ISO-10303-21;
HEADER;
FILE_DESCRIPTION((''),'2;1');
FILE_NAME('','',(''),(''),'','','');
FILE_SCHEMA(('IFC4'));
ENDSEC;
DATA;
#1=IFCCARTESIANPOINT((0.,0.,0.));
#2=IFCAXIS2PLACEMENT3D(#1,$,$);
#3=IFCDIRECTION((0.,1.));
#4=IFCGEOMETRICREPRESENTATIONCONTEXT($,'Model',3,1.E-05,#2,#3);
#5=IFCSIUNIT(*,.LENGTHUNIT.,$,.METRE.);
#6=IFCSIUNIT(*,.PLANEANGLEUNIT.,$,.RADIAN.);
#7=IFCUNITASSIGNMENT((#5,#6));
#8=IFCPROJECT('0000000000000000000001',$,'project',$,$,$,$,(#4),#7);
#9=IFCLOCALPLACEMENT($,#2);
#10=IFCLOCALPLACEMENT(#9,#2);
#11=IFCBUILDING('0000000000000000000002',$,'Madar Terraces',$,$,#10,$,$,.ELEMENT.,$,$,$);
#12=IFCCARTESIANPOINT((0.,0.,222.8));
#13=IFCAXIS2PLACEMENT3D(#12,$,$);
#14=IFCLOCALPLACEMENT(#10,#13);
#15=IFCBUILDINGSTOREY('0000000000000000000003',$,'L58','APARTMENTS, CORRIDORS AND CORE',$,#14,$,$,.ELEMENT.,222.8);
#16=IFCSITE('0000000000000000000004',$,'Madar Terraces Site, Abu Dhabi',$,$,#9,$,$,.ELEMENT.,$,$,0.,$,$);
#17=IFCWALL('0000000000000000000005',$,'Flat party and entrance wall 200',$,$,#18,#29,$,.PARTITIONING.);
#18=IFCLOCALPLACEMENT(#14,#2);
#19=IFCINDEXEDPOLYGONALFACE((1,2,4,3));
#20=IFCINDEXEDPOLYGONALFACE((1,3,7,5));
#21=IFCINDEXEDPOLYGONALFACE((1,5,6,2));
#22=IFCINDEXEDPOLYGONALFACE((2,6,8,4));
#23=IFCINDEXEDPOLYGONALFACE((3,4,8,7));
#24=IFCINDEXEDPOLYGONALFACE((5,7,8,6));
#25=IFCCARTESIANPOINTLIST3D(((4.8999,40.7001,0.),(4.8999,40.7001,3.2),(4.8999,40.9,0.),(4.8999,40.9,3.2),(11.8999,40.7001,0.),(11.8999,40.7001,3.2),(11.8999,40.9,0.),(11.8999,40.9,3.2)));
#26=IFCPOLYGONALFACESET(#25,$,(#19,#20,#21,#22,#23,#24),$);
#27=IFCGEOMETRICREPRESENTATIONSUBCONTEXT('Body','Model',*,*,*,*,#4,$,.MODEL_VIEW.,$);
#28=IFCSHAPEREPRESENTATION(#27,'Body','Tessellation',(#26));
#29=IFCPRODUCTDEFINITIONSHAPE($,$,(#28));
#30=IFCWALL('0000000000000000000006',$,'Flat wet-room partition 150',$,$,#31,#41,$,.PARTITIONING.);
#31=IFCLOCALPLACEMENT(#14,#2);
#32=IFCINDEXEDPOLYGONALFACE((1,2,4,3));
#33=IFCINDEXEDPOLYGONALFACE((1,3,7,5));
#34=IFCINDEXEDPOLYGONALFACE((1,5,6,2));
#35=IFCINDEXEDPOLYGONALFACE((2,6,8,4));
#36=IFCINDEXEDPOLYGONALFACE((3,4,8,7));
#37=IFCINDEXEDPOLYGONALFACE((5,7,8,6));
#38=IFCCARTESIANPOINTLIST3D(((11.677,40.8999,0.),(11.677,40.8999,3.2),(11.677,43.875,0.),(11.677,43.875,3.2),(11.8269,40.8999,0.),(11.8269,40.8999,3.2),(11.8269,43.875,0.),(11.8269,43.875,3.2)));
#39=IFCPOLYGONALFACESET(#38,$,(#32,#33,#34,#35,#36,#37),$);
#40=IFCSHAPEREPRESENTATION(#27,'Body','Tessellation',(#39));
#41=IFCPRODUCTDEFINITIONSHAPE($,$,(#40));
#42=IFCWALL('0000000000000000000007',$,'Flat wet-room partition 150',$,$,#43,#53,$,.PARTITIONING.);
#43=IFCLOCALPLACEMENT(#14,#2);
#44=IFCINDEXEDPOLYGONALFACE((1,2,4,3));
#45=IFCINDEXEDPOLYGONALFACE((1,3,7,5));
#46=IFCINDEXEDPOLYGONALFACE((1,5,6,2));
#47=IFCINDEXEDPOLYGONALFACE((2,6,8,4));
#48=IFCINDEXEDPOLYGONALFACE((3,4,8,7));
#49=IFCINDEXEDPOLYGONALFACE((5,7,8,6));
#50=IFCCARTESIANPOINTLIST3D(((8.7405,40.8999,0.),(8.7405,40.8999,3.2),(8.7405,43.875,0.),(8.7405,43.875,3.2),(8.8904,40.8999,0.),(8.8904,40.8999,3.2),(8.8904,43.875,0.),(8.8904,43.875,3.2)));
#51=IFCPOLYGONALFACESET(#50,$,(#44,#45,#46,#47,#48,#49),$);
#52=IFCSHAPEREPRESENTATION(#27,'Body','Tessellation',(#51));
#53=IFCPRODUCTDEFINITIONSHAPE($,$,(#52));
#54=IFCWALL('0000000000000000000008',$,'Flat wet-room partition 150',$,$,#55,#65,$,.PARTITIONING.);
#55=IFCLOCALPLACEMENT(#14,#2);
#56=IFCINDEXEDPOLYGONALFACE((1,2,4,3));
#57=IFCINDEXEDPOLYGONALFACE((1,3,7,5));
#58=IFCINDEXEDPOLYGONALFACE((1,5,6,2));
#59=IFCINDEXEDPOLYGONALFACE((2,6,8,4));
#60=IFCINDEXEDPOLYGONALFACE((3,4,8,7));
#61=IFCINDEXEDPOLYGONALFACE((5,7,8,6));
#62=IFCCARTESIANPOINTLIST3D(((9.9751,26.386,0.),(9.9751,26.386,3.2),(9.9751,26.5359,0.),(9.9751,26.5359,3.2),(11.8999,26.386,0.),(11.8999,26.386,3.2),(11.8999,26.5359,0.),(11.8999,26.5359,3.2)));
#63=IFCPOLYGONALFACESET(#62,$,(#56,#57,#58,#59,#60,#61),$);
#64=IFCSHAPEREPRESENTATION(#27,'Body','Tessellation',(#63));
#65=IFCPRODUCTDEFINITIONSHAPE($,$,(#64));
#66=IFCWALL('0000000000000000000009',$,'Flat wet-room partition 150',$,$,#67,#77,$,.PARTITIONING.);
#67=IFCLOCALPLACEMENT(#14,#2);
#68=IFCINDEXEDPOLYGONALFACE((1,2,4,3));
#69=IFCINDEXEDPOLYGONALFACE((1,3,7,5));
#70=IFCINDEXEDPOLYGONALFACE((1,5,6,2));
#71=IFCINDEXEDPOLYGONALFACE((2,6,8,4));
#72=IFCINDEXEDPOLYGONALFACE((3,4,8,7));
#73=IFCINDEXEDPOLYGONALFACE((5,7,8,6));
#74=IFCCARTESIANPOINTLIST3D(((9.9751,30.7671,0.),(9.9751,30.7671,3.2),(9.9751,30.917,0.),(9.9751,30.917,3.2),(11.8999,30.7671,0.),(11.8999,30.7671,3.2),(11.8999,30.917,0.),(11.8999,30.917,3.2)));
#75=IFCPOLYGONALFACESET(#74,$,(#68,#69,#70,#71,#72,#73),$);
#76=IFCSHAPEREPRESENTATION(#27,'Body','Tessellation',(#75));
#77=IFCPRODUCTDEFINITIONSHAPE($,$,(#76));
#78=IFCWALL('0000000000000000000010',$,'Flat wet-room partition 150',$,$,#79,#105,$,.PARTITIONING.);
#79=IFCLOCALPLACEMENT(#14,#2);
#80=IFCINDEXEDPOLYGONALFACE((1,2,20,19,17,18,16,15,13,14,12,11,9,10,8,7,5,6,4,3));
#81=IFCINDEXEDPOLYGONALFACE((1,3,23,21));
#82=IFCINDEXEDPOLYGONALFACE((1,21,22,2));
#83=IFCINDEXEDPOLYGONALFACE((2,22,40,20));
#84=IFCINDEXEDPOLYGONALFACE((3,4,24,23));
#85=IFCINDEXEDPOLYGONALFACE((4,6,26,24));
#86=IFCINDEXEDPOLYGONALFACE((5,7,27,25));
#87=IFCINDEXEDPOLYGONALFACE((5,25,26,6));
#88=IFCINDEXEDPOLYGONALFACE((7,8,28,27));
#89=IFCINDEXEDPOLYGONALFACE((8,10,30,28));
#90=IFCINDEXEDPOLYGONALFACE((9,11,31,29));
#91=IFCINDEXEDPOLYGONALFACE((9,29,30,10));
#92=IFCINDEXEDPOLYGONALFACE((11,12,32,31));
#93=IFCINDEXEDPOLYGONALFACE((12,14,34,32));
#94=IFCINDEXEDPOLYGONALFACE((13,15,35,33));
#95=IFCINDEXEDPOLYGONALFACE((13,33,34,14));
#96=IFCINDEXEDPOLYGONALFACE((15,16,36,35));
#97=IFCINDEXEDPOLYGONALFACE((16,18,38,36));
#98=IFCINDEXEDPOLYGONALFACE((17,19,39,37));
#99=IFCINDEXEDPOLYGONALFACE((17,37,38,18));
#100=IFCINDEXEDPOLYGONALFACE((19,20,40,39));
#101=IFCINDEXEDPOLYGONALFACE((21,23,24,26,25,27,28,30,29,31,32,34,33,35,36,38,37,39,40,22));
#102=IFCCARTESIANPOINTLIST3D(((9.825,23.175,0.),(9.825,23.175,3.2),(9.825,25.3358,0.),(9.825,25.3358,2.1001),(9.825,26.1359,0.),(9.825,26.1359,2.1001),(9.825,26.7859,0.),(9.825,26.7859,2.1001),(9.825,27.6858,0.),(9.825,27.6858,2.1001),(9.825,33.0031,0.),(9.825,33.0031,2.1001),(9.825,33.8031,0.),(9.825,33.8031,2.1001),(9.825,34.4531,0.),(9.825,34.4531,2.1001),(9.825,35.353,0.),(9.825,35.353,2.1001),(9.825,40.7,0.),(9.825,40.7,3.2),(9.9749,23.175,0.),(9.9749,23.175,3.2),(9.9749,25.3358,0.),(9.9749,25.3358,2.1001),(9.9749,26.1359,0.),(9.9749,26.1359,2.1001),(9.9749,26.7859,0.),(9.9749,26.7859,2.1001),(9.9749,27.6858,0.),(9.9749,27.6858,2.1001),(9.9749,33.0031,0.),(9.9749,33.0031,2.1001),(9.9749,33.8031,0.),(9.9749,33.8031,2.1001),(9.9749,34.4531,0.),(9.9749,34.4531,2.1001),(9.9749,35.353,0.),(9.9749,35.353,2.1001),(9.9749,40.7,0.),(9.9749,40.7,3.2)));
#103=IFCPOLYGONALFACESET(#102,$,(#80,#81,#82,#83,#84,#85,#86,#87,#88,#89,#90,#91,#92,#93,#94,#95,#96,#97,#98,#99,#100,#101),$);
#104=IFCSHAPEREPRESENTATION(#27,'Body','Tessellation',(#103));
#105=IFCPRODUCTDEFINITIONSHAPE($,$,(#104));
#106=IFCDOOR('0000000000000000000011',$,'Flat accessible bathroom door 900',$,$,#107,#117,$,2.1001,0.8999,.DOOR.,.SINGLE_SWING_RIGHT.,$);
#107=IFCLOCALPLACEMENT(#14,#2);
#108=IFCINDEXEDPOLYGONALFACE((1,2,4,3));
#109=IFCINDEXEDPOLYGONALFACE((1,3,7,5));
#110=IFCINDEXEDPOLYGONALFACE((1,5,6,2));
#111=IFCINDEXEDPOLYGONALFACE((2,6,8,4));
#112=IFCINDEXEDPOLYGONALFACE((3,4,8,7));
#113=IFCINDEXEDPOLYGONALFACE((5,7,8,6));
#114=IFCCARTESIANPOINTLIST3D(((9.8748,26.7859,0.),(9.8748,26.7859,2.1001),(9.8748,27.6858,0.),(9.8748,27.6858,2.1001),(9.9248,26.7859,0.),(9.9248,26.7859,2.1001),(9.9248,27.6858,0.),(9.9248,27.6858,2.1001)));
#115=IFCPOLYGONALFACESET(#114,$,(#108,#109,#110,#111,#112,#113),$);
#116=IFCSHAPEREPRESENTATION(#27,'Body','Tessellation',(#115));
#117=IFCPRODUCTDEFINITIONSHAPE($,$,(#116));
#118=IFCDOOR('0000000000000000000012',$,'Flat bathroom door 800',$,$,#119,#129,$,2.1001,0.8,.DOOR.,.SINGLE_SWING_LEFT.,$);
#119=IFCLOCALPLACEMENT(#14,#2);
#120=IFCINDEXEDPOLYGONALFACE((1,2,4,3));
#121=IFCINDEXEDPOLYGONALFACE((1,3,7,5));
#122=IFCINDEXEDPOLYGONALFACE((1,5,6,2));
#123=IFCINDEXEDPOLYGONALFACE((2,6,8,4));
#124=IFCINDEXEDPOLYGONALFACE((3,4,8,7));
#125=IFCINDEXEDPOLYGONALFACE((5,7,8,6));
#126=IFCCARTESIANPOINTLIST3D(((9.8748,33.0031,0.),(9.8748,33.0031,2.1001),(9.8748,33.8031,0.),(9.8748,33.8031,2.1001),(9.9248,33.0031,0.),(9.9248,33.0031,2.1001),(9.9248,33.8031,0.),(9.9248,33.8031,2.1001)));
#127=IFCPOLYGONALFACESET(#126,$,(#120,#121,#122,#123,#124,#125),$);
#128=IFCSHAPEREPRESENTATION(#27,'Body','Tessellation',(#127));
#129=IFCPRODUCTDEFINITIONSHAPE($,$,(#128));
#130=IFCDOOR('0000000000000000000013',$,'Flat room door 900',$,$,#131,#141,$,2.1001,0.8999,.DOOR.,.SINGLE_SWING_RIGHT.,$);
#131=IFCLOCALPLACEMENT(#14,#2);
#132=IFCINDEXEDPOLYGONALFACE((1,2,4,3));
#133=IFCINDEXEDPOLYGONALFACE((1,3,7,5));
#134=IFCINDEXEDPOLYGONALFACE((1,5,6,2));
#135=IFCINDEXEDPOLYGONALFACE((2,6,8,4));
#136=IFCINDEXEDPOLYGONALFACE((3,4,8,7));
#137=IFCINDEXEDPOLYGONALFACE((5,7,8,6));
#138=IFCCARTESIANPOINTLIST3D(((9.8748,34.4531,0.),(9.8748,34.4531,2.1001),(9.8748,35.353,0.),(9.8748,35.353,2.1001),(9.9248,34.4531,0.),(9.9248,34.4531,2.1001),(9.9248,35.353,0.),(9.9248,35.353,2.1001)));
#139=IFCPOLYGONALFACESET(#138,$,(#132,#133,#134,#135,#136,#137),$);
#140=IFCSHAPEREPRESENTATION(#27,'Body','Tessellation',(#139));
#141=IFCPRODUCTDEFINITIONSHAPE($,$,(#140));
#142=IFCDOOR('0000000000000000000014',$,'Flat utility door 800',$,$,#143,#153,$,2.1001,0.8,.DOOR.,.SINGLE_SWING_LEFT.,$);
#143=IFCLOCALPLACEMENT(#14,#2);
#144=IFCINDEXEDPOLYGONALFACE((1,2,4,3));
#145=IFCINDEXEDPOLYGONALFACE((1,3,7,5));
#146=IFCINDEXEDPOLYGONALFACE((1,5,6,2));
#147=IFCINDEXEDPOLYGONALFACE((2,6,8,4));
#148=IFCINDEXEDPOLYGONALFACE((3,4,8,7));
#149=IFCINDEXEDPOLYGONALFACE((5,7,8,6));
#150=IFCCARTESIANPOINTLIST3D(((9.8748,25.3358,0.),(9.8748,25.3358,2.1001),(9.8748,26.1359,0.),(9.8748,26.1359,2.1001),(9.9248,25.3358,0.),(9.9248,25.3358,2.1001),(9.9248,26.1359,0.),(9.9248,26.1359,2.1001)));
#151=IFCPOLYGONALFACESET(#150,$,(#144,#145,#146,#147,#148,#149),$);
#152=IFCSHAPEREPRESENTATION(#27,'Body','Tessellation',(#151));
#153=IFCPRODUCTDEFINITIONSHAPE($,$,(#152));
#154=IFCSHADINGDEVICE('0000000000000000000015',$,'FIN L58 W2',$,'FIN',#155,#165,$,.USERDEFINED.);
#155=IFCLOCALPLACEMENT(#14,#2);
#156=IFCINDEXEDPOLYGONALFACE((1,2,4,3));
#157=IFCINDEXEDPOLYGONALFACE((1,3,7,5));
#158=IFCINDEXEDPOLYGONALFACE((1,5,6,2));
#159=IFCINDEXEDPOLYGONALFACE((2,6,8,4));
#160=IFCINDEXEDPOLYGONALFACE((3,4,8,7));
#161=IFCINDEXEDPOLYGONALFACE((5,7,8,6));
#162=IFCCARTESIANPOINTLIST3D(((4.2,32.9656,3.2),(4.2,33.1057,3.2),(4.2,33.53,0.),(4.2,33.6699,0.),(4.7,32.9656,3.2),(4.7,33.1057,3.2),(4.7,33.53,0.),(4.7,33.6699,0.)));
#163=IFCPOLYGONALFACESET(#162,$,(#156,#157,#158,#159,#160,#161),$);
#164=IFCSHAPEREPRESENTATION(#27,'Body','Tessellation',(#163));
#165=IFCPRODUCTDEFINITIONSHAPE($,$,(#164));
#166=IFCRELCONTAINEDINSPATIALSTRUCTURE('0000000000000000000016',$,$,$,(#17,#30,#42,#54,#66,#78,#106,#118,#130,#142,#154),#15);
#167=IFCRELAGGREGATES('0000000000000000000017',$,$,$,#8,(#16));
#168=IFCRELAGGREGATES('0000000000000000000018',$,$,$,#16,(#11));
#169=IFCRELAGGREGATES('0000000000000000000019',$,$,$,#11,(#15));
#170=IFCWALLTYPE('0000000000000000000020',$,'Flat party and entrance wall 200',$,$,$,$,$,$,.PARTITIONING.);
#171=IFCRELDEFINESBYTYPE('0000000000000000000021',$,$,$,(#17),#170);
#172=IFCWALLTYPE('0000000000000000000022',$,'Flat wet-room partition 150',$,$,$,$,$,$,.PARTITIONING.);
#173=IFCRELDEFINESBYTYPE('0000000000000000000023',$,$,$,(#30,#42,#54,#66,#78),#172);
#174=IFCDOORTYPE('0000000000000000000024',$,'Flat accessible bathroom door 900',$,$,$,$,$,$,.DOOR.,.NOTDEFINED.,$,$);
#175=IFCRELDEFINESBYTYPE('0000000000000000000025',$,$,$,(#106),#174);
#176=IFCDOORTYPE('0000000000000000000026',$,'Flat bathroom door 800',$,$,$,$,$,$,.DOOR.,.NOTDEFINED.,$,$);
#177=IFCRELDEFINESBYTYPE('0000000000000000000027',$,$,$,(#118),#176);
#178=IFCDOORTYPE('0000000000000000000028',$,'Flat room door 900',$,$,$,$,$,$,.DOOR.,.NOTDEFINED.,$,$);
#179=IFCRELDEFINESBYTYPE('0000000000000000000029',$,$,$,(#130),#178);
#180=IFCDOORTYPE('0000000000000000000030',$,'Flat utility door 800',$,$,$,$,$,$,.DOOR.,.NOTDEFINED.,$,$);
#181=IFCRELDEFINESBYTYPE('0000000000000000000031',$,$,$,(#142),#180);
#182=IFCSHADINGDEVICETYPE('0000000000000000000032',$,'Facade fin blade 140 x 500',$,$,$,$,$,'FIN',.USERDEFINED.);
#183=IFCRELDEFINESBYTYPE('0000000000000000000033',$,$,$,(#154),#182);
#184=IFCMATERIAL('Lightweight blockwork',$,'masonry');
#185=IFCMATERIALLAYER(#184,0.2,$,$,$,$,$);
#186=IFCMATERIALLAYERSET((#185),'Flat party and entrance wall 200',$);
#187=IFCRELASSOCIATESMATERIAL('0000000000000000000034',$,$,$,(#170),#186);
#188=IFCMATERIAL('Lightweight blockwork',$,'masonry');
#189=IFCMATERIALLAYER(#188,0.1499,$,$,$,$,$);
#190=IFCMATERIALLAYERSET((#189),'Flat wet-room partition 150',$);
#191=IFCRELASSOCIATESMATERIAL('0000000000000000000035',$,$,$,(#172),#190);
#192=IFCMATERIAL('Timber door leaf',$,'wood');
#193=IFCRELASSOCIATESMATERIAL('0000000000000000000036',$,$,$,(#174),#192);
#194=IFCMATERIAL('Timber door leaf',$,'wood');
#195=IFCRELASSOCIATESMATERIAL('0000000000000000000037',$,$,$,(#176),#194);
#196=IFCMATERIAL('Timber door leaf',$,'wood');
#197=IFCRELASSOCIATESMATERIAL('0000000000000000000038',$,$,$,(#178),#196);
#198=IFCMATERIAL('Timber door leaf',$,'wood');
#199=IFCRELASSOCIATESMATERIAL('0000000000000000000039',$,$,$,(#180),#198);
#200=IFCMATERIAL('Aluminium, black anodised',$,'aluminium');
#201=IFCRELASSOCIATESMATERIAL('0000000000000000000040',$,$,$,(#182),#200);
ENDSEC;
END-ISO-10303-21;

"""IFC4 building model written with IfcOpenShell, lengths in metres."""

from ifc_helpers import new_model, si_unit, direction, frame, frame_2d, origin, place, context, subcontext, project, spatial, polyline, rectangle, outline, extrude, material, layer, layer_set, type_object, element, fill, save


model = new_model("IFC4")

# Units and contexts
model_context = context("Model", 3, precision=1e-05, world=origin(), true_north=direction((0.0, 1.0)))
body_context = subcontext(model_context, "Body", "Model", "MODEL_VIEW")
ifc_project = project(units=[si_unit("LENGTHUNIT", "METRE"), si_unit("PLANEANGLEUNIT", "RADIAN")], contexts=[model_context])

# Site, building, storey
site_placement = place(None, origin())
site = spatial("IfcSite", under=ifc_project, at=site_placement, Name="Madar Terraces Site, Abu Dhabi", CompositionType="ELEMENT", RefElevation=0.0)
building_placement = place(site_placement, origin())
building = spatial("IfcBuilding", under=site, at=building_placement, Name="Madar Terraces", CompositionType="ELEMENT")
storey_placement = place(building_placement, frame((0.0, 0.0, 222.8)))
storey = spatial("IfcBuildingStorey", under=building, at=storey_placement, Name="L58", Description="APARTMENTS, CORRIDORS AND CORE", CompositionType="ELEMENT", Elevation=222.8)

# Walls
ifc_material_1 = material(Name="Lightweight blockwork", Category="masonry")
ifc_layer_1 = layer(ifc_material_1, 0.2)
ifc_layer_set_1 = layer_set([ifc_layer_1], Name="Flat party and entrance wall 200")
wall_type_1 = type_object("IfcWallType", Name="Flat party and entrance wall 200", PredefinedType="PARTITIONING", material=ifc_layer_set_1)
wall_1_placement = place(storey_placement, frame((4.8999, 40.8, 0.0), z_axis=(0.0, 0.0, 1.0), x_axis=(1.0, 0.0, 0.0)))
element("IfcWall", 1, at=wall_1_placement, inside=storey, type_object=wall_type_1, Name="Flat party and entrance wall 200", PredefinedType="PARTITIONING", context=body_context, shape_type="SweptSolid", body=[
    extrude(rectangle(XDim=7.0, YDim=0.2, at=frame_2d((3.5, 0.0))), origin(), (0.0, 0.0, 1.0), 3.2),
])
ifc_material_2 = material(Name="Lightweight blockwork", Category="masonry")
ifc_layer_2 = layer(ifc_material_2, 0.1499)
ifc_layer_set_2 = layer_set([ifc_layer_2], Name="Flat wet-room partition 150")
wall_type_2 = type_object("IfcWallType", Name="Flat wet-room partition 150", PredefinedType="PARTITIONING", material=ifc_layer_set_2)
for number, where, z_axis, x_axis, name in (
    (2, (11.752, 40.8999, 0.0), (0.0, 0.0, 1.0), (0.0, 1.0, 0.0), "Flat wet-room partition 150"),
    (3, (8.8154, 40.8999, 0.0), (0.0, 0.0, 1.0), (0.0, 1.0, 0.0), "Flat wet-room partition 150"),
):
    element("IfcWall", number, at=place(storey_placement, frame(where, z_axis=z_axis, x_axis=x_axis)), inside=storey, type_object=wall_type_2, Name=name, PredefinedType="PARTITIONING", context=body_context, shape_type="SweptSolid", body=[
        extrude(rectangle(XDim=2.9751, YDim=0.1499, at=frame_2d((1.4875, 0.0))), origin(), (0.0, 0.0, 1.0), 3.2),
    ])
for number, where, z_axis, x_axis, name in (
    (4, (11.8999, 26.4609, 0.0), (0.0, 0.0, 1.0), (-1.0, 0.0, 0.0), "Flat wet-room partition 150"),
    (5, (11.8999, 30.842, 0.0), (0.0, 0.0, 1.0), (-1.0, 0.0, 0.0), "Flat wet-room partition 150"),
):
    element("IfcWall", number, at=place(storey_placement, frame(where, z_axis=z_axis, x_axis=x_axis)), inside=storey, type_object=wall_type_2, Name=name, PredefinedType="PARTITIONING", context=body_context, shape_type="SweptSolid", body=[
        extrude(rectangle(XDim=1.9248, YDim=0.1499, at=frame_2d((0.9624, 0.0))), origin(), (0.0, 0.0, 1.0), 3.2),
    ])

# Wall, openings, doors
wall_2_placement = place(storey_placement, frame((9.8999, 40.7, 0.0), z_axis=(0.0, 0.0, 1.0), x_axis=(0.0, -1.0, 0.0)))
wall_2 = element("IfcWall", 6, at=wall_2_placement, inside=storey, type_object=wall_type_2, Name="Flat wet-room partition 150", PredefinedType="PARTITIONING", context=body_context, shape_type="SweptSolid", body=[
    extrude(rectangle(XDim=17.5249, YDim=0.1499, at=frame_2d((8.7625, 0.0))), origin(), (0.0, 0.0, 1.0), 3.2),
])
opening_1_placement = place(wall_2_placement, frame((14.5642, 0.0, 0.0)))
opening_1 = element("IfcOpeningElement", 7, at=opening_1_placement, cuts=wall_2, PredefinedType="OPENING", context=body_context, shape_type="SweptSolid", body=[
    extrude(rectangle(XDim=0.8, YDim=2.1001, at=frame_2d((0.3999, 1.05))), frame((0.0, 0.085, 0.0), z_axis=(0.0, -1.0, 0.0), x_axis=(1.0, 0.0, 0.0)), (0.0, 0.0, 1.0), 0.1699),
])
opening_2_placement = place(wall_2_placement, frame((13.0142, 0.0, 0.0)))
opening_2 = element("IfcOpeningElement", 8, at=opening_2_placement, cuts=wall_2, PredefinedType="OPENING", context=body_context, shape_type="SweptSolid", body=[
    extrude(rectangle(XDim=0.8999, YDim=2.1001, at=frame_2d((0.45, 1.05))), frame((0.0, 0.085, 0.0), z_axis=(0.0, -1.0, 0.0), x_axis=(1.0, 0.0, 0.0)), (0.0, 0.0, 1.0), 0.1699),
])
opening_3_placement = place(wall_2_placement, frame((6.897, 0.0, 0.0)))
opening_3 = element("IfcOpeningElement", 9, at=opening_3_placement, cuts=wall_2, PredefinedType="OPENING", context=body_context, shape_type="SweptSolid", body=[
    extrude(rectangle(XDim=0.8, YDim=2.1001, at=frame_2d((0.3999, 1.05))), frame((0.0, 0.085, 0.0), z_axis=(0.0, -1.0, 0.0), x_axis=(1.0, 0.0, 0.0)), (0.0, 0.0, 1.0), 0.1699),
])
opening_4_placement = place(wall_2_placement, frame((5.3469, 0.0, 0.0)))
opening_4 = element("IfcOpeningElement", 10, at=opening_4_placement, cuts=wall_2, PredefinedType="OPENING", context=body_context, shape_type="SweptSolid", body=[
    extrude(rectangle(XDim=0.8999, YDim=2.1001, at=frame_2d((0.45, 1.05))), frame((0.0, 0.085, 0.0), z_axis=(0.0, -1.0, 0.0), x_axis=(1.0, 0.0, 0.0)), (0.0, 0.0, 1.0), 0.1699),
])
ifc_material_3 = material(Name="Timber door leaf", Category="wood")
door_type_1 = type_object("IfcDoorType", Name="Flat accessible bathroom door 900", OperationType="NOTDEFINED", PredefinedType="DOOR", material=ifc_material_3)
door_1_placement = place(opening_2_placement, origin())
door_1 = element("IfcDoor", 11, at=door_1_placement, inside=storey, type_object=door_type_1, Name="Flat accessible bathroom door 900", OperationType="SINGLE_SWING_RIGHT", OverallHeight=2.1001, OverallWidth=0.8999, PredefinedType="DOOR", context=body_context, shape_type="SweptSolid", body=[
    extrude(rectangle(XDim=0.8999, YDim=2.1001, at=frame_2d((0.45, 1.05))), frame((0.0, 0.0249, 0.0), z_axis=(0.0, -1.0, 0.0), x_axis=(1.0, 0.0, 0.0)), (0.0, 0.0, 1.0), 0.05),
])
fill(opening_2, door_1)
ifc_material_4 = material(Name="Timber door leaf", Category="wood")
door_type_2 = type_object("IfcDoorType", Name="Flat bathroom door 800", OperationType="NOTDEFINED", PredefinedType="DOOR", material=ifc_material_4)
door_2_placement = place(opening_3_placement, origin())
door_2 = element("IfcDoor", 12, at=door_2_placement, inside=storey, type_object=door_type_2, Name="Flat bathroom door 800", OperationType="SINGLE_SWING_LEFT", OverallHeight=2.1001, OverallWidth=0.8, PredefinedType="DOOR", context=body_context, shape_type="SweptSolid", body=[
    extrude(rectangle(XDim=0.8, YDim=2.1001, at=frame_2d((0.3999, 1.05))), frame((0.0, 0.0249, 0.0), z_axis=(0.0, -1.0, 0.0), x_axis=(1.0, 0.0, 0.0)), (0.0, 0.0, 1.0), 0.05),
])
fill(opening_3, door_2)
ifc_material_5 = material(Name="Timber door leaf", Category="wood")
door_type_3 = type_object("IfcDoorType", Name="Flat room door 900", OperationType="NOTDEFINED", PredefinedType="DOOR", material=ifc_material_5)
door_3_placement = place(opening_4_placement, origin())
door_3 = element("IfcDoor", 13, at=door_3_placement, inside=storey, type_object=door_type_3, Name="Flat room door 900", OperationType="SINGLE_SWING_RIGHT", OverallHeight=2.1001, OverallWidth=0.8999, PredefinedType="DOOR", context=body_context, shape_type="SweptSolid", body=[
    extrude(rectangle(XDim=0.8999, YDim=2.1001, at=frame_2d((0.45, 1.05))), frame((0.0, 0.0249, 0.0), z_axis=(0.0, -1.0, 0.0), x_axis=(1.0, 0.0, 0.0)), (0.0, 0.0, 1.0), 0.05),
])
fill(opening_4, door_3)
ifc_material_6 = material(Name="Timber door leaf", Category="wood")
door_type_4 = type_object("IfcDoorType", Name="Flat utility door 800", OperationType="NOTDEFINED", PredefinedType="DOOR", material=ifc_material_6)
door_4_placement = place(opening_1_placement, origin())
door_4 = element("IfcDoor", 14, at=door_4_placement, inside=storey, type_object=door_type_4, Name="Flat utility door 800", OperationType="SINGLE_SWING_LEFT", OverallHeight=2.1001, OverallWidth=0.8, PredefinedType="DOOR", context=body_context, shape_type="SweptSolid", body=[
    extrude(rectangle(XDim=0.8, YDim=2.1001, at=frame_2d((0.3999, 1.05))), frame((0.0, 0.0249, 0.0), z_axis=(0.0, -1.0, 0.0), x_axis=(1.0, 0.0, 0.0)), (0.0, 0.0, 1.0), 0.05),
])
fill(opening_1, door_4)

# Shading device
ifc_material_7 = material(Name="Aluminium, black anodised", Category="aluminium")
shading_device_type = type_object("IfcShadingDeviceType", Name="Facade fin blade 140 x 500", ElementType="FIN", PredefinedType="USERDEFINED", material=ifc_material_7)
shading_device_1_placement = place(storey_placement, frame((4.45, 33.6699, 0.0), z_axis=(0.0, 0.0, 1.0), x_axis=(0.0, -1.0, 0.0)))
element("IfcShadingDevice", 15, at=shading_device_1_placement, inside=storey, type_object=shading_device_type, Name="FIN L58 W2", ObjectType="FIN", PredefinedType="USERDEFINED", context=body_context, shape_type="SweptSolid", body=[
    extrude(outline(polyline([(0.0, 0.0), (0.1399, 0.0), (0.7043, 3.2), (0.5642, 3.2), (0.0, 0.0)])), frame((0.0, 0.25, 0.0), z_axis=(0.0, -1.0, 0.0), x_axis=(1.0, 0.0, 0.0)), (0.0, 0.0, 1.0), 0.5),
])

save(model, "model.ifc")
